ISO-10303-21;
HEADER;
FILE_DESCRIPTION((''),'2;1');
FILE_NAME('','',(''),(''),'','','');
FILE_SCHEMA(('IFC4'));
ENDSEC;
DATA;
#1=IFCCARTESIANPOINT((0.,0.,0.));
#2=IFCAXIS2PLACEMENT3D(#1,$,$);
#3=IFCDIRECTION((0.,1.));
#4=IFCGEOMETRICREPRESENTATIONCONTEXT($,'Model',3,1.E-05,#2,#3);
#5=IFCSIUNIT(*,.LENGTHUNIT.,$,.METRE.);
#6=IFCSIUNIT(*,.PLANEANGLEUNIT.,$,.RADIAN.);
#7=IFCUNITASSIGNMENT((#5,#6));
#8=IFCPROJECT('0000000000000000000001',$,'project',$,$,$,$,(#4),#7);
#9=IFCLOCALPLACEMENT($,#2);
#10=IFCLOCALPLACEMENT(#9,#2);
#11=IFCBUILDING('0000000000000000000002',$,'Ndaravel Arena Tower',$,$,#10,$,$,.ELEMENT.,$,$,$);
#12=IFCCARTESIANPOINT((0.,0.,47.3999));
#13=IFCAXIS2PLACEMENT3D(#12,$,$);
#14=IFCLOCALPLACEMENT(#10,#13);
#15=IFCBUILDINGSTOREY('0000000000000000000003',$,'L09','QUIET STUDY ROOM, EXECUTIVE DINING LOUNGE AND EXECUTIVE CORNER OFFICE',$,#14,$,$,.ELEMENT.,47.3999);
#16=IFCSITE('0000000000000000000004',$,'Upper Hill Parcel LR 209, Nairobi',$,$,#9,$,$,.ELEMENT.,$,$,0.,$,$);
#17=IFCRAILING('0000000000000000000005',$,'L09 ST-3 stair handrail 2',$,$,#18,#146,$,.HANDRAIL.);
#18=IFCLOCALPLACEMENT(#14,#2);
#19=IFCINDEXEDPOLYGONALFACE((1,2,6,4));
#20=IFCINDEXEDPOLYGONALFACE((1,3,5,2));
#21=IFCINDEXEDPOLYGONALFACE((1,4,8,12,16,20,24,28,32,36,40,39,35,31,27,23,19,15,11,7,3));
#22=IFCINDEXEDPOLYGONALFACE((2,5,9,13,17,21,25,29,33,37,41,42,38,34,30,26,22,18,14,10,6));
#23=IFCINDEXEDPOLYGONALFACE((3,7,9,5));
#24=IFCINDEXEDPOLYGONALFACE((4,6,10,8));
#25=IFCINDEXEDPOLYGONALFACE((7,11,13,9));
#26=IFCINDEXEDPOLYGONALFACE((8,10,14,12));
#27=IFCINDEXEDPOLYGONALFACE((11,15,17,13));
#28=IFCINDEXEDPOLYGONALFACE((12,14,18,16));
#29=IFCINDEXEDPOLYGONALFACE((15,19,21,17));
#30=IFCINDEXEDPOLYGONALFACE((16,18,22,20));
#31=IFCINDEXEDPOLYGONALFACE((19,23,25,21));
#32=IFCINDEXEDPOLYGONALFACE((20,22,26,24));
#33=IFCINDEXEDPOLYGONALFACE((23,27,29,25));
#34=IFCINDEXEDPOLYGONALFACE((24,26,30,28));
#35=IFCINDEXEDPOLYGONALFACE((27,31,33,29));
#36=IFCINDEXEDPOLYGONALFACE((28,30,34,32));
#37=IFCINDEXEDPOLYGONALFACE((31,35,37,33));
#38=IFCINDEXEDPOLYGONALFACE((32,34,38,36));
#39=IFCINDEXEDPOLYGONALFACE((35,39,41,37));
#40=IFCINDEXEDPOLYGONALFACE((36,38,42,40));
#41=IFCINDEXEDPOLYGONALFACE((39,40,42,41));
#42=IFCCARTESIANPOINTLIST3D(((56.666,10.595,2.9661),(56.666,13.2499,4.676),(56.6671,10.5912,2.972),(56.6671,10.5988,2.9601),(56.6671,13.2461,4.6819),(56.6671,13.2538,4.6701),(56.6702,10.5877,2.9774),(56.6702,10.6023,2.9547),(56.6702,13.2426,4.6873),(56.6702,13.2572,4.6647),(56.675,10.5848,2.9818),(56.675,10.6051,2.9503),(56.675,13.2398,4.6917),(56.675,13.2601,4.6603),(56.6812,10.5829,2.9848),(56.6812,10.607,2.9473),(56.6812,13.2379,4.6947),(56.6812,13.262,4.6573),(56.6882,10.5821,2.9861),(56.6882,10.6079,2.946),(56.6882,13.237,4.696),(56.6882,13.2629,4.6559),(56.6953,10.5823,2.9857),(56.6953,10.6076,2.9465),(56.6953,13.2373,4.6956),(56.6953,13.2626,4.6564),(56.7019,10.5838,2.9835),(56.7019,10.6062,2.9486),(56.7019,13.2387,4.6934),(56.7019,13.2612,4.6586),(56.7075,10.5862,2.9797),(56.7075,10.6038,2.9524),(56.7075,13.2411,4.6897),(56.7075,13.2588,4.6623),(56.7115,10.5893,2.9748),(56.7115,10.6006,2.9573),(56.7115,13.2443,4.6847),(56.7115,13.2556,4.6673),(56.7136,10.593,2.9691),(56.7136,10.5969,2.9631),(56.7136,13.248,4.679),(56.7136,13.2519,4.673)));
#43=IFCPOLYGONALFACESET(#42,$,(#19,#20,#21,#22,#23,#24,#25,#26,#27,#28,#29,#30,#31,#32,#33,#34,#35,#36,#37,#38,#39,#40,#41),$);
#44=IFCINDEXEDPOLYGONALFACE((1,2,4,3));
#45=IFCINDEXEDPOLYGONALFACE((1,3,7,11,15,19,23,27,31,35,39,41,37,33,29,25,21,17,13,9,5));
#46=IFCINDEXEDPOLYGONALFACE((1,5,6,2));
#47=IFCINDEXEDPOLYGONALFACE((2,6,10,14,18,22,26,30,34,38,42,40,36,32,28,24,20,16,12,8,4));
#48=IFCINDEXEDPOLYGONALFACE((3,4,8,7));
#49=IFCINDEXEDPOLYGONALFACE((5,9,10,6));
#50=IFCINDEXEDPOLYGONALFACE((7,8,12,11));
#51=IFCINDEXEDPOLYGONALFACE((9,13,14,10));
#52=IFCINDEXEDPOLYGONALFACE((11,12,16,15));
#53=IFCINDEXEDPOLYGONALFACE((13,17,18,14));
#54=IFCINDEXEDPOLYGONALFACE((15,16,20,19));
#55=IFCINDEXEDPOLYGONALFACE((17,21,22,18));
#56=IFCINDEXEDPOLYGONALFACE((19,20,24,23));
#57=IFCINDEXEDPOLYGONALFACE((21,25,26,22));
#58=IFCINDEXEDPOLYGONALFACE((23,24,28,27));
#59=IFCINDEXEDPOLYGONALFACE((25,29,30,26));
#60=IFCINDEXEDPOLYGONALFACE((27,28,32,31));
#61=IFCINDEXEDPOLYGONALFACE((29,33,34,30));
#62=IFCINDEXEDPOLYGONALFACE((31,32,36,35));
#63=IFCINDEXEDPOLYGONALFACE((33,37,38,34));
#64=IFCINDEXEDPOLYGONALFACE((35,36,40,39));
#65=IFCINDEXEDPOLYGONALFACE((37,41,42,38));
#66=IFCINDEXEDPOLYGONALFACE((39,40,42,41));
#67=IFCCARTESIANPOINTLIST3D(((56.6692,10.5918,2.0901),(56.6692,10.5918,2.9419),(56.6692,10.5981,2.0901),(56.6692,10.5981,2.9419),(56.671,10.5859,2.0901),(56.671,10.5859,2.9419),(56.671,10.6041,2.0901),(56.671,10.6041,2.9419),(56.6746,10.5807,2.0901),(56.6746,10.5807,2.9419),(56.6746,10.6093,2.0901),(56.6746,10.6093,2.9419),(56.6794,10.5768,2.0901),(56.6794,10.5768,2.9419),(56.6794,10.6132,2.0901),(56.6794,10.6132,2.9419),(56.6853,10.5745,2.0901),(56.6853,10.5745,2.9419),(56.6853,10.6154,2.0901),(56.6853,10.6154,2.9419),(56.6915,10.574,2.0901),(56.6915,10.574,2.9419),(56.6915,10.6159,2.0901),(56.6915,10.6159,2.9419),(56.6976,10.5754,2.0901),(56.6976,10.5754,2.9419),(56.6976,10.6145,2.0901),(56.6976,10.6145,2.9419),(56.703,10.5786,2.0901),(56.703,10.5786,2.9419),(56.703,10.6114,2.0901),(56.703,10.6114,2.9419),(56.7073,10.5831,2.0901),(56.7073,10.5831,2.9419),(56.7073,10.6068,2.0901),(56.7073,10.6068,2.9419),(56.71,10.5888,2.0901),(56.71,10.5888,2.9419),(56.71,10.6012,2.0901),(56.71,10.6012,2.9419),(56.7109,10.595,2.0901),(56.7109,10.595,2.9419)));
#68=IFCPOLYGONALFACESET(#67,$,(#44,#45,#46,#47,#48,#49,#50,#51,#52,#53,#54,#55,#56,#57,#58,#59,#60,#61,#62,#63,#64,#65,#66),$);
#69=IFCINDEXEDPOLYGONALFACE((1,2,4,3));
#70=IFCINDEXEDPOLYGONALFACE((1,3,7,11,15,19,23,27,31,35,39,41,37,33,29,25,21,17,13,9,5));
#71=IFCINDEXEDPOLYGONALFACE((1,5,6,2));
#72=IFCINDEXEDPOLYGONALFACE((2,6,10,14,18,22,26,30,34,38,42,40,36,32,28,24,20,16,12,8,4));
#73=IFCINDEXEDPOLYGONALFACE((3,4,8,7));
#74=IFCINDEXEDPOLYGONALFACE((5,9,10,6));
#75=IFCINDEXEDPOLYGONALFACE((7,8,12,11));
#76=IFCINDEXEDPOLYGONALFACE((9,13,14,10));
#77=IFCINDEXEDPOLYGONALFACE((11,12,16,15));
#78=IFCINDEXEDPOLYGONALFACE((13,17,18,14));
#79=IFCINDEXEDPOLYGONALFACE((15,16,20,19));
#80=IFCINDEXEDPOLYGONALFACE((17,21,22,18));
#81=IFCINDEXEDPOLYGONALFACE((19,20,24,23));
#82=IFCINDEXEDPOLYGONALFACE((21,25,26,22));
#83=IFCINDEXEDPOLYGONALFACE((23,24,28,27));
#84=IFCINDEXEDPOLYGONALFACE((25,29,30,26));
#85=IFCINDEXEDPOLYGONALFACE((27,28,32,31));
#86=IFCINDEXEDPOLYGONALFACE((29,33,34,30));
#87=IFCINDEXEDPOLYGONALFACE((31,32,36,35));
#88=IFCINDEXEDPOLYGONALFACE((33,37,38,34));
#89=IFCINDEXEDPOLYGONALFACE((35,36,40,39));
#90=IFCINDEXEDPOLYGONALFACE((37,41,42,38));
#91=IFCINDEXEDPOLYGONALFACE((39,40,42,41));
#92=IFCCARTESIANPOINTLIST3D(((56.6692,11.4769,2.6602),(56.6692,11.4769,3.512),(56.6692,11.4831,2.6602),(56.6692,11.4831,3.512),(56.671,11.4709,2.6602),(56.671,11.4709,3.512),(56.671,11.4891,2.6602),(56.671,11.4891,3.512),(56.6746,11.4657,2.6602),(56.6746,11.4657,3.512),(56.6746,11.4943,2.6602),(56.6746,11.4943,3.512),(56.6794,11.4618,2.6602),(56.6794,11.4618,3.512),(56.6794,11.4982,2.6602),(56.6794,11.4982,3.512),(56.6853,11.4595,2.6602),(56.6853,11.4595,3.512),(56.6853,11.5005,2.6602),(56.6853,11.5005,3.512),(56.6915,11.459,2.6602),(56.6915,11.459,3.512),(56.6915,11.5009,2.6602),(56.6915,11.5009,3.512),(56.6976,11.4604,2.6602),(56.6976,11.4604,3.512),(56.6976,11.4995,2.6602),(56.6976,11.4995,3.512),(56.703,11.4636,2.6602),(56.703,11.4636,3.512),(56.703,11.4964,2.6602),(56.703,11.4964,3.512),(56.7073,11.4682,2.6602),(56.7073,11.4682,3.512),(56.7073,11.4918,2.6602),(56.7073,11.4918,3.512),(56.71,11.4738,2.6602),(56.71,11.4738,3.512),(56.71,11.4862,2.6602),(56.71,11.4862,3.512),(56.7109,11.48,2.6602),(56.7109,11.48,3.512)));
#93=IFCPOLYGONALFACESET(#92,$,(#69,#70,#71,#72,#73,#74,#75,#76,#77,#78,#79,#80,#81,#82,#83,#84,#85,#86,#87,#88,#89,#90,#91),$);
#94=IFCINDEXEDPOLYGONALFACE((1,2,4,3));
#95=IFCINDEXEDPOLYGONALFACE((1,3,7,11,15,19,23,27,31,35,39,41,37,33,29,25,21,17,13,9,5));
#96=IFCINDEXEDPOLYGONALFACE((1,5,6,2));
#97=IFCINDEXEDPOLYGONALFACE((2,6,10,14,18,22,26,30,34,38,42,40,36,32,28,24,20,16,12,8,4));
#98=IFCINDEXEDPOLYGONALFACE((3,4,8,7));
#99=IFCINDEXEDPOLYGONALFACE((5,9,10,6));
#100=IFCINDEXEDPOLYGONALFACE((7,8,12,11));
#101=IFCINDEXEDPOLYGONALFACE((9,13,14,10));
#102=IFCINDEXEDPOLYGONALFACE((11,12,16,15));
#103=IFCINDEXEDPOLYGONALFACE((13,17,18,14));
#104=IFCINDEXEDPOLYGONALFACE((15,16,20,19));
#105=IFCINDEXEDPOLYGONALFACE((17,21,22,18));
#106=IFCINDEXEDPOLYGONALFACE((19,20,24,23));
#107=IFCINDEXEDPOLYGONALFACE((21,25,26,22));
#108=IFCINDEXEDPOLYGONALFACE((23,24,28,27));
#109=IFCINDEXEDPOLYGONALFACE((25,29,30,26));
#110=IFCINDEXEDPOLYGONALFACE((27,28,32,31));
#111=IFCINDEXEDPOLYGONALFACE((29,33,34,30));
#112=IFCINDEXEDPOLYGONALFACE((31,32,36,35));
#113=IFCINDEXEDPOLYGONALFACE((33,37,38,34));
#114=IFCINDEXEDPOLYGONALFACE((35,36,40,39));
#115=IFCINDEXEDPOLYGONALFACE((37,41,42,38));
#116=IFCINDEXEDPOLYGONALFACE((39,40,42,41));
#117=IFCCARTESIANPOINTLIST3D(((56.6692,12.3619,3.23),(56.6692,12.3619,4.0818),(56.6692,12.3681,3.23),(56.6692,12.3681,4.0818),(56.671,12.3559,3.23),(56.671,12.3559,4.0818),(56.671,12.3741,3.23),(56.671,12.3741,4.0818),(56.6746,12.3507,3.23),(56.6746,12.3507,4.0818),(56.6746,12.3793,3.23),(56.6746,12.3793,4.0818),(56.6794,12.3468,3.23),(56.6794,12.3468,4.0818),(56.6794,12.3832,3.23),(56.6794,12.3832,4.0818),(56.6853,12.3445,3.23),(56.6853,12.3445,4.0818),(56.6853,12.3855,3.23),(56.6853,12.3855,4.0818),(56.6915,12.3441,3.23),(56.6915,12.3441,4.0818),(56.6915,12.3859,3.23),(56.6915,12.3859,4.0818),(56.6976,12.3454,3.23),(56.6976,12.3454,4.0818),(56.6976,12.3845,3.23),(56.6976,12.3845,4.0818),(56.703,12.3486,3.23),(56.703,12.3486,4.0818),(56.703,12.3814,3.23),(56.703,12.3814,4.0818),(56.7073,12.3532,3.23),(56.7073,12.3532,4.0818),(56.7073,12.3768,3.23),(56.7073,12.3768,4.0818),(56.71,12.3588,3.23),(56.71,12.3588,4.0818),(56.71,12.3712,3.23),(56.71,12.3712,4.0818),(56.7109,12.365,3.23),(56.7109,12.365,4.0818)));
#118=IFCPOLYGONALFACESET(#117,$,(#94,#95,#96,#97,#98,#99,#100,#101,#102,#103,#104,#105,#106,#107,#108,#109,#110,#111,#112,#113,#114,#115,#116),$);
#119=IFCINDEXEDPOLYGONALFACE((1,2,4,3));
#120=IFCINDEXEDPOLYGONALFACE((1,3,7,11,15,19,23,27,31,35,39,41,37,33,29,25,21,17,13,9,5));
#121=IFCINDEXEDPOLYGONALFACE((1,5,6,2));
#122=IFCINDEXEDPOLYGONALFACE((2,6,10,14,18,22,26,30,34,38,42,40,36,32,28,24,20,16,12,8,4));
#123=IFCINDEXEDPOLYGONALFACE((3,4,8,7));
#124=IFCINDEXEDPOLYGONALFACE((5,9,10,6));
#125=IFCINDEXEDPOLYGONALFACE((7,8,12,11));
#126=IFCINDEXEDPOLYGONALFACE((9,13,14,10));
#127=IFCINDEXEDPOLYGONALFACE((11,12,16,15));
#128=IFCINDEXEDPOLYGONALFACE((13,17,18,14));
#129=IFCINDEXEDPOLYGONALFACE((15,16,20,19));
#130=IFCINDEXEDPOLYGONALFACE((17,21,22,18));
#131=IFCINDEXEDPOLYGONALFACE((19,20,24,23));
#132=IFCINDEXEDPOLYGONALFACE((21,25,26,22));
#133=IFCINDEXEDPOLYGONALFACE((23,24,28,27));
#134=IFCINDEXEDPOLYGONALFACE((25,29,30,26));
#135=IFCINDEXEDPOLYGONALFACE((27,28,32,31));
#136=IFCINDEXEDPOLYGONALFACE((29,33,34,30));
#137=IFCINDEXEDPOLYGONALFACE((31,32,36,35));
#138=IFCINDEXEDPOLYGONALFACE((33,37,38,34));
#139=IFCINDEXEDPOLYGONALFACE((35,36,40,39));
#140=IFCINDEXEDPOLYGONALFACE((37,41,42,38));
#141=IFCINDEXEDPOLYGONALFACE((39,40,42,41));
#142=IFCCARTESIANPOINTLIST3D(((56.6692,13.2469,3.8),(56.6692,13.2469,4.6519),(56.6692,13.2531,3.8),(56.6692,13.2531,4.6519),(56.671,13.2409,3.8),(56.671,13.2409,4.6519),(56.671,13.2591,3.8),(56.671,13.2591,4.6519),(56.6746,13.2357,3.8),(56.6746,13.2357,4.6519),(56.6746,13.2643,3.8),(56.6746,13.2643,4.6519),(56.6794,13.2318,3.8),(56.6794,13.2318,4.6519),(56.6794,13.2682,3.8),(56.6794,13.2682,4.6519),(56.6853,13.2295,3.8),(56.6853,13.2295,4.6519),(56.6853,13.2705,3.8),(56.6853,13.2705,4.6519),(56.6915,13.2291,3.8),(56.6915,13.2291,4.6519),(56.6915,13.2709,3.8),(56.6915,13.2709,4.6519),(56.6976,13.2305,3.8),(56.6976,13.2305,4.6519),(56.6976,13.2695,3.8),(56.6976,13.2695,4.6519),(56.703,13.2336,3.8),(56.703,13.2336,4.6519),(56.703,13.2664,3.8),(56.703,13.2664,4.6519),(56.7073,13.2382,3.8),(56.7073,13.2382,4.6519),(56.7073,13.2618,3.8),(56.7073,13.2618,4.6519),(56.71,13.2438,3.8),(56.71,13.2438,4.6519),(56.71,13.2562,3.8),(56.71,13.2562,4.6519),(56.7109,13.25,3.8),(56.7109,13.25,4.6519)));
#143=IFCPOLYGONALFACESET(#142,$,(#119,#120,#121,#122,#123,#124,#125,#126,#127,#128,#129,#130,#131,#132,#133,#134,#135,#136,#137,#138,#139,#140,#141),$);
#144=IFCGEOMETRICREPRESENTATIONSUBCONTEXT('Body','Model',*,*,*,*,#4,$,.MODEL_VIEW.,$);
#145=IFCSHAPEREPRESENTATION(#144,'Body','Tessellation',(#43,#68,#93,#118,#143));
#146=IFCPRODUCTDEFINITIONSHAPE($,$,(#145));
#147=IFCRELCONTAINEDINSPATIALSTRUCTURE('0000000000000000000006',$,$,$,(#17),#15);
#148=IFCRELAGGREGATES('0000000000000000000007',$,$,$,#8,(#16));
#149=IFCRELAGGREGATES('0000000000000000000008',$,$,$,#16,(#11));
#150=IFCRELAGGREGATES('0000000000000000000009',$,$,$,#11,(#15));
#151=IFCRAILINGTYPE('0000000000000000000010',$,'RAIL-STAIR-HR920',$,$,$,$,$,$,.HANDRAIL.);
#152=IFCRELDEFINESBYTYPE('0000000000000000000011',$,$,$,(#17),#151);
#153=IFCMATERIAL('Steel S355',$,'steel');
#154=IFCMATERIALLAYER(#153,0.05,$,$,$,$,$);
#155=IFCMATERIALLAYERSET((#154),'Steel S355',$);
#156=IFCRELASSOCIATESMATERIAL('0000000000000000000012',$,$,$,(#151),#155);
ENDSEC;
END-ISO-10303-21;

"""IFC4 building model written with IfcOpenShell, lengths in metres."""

from ifc_helpers import new_model, si_unit, direction, frame, origin, origin_2d, place, context, subcontext, project, spatial, circle, extrude, material, layer, layer_set, type_object, element, save


model = new_model("IFC4")

# Units and contexts
model_context = context("Model", 3, precision=1e-05, world=origin(), true_north=direction((0.0, 1.0)))
body_context = subcontext(model_context, "Body", "Model", "MODEL_VIEW")
ifc_project = project(units=[si_unit("LENGTHUNIT", "METRE"), si_unit("PLANEANGLEUNIT", "RADIAN")], contexts=[model_context])

# Site, building, storey
site_placement = place(None, origin())
site = spatial("IfcSite", under=ifc_project, at=site_placement, Name="Upper Hill Parcel LR 209, Nairobi", CompositionType="ELEMENT", RefElevation=0.0)
building_placement = place(site_placement, origin())
building = spatial("IfcBuilding", under=site, at=building_placement, Name="Ndaravel Arena Tower", CompositionType="ELEMENT")
storey_placement = place(building_placement, frame((0.0, 0.0, 47.3999)))
storey = spatial("IfcBuildingStorey", under=building, at=storey_placement, Name="L09", Description="QUIET STUDY ROOM, EXECUTIVE DINING LOUNGE AND EXECUTIVE CORNER OFFICE", CompositionType="ELEMENT", Elevation=47.3999)

# Railing
ifc_material_1 = material(Name="Steel S355", Category="steel")
ifc_layer_1 = layer(ifc_material_1, 0.05)
ifc_layer_set_1 = layer_set([ifc_layer_1], Name="Steel S355")
railing_type_1 = type_object("IfcRailingType", Name="RAIL-STAIR-HR920", PredefinedType="HANDRAIL", material=ifc_layer_set_1)
railing_1_placement = place(storey_placement, frame((56.6899, 10.595, 2.0901)))
element("IfcRailing", 1, at=railing_1_placement, inside=storey, type_object=railing_type_1, Name="L09 ST-3 stair handrail 2", PredefinedType="HANDRAIL", context=body_context, shape_type="SweptSolid", body=[
    extrude(circle(Radius=0.0239, at=origin_2d()), frame((0.0, 0.0, 0.876), z_axis=(0.0, 0.840724, 0.541465), x_axis=(-1.0, 0.0, 0.0)), (0.0, 0.0, 1.0), 3.158),
    extrude(circle(Radius=0.021, at=origin_2d()), origin(), (0.0, 0.0, 1.0), 0.8518),
    extrude(circle(Radius=0.021, at=origin_2d()), frame((0.0, 0.885, 0.5701)), (0.0, 0.0, 1.0), 0.8518),
    extrude(circle(Radius=0.021, at=origin_2d()), frame((0.0, 1.77, 1.1399)), (0.0, 0.0, 1.0), 0.8518),
    extrude(circle(Radius=0.021, at=origin_2d()), frame((0.0, 2.655, 1.71)), (0.0, 0.0, 1.0), 0.8518),
])

save(model, "model.ifc")
